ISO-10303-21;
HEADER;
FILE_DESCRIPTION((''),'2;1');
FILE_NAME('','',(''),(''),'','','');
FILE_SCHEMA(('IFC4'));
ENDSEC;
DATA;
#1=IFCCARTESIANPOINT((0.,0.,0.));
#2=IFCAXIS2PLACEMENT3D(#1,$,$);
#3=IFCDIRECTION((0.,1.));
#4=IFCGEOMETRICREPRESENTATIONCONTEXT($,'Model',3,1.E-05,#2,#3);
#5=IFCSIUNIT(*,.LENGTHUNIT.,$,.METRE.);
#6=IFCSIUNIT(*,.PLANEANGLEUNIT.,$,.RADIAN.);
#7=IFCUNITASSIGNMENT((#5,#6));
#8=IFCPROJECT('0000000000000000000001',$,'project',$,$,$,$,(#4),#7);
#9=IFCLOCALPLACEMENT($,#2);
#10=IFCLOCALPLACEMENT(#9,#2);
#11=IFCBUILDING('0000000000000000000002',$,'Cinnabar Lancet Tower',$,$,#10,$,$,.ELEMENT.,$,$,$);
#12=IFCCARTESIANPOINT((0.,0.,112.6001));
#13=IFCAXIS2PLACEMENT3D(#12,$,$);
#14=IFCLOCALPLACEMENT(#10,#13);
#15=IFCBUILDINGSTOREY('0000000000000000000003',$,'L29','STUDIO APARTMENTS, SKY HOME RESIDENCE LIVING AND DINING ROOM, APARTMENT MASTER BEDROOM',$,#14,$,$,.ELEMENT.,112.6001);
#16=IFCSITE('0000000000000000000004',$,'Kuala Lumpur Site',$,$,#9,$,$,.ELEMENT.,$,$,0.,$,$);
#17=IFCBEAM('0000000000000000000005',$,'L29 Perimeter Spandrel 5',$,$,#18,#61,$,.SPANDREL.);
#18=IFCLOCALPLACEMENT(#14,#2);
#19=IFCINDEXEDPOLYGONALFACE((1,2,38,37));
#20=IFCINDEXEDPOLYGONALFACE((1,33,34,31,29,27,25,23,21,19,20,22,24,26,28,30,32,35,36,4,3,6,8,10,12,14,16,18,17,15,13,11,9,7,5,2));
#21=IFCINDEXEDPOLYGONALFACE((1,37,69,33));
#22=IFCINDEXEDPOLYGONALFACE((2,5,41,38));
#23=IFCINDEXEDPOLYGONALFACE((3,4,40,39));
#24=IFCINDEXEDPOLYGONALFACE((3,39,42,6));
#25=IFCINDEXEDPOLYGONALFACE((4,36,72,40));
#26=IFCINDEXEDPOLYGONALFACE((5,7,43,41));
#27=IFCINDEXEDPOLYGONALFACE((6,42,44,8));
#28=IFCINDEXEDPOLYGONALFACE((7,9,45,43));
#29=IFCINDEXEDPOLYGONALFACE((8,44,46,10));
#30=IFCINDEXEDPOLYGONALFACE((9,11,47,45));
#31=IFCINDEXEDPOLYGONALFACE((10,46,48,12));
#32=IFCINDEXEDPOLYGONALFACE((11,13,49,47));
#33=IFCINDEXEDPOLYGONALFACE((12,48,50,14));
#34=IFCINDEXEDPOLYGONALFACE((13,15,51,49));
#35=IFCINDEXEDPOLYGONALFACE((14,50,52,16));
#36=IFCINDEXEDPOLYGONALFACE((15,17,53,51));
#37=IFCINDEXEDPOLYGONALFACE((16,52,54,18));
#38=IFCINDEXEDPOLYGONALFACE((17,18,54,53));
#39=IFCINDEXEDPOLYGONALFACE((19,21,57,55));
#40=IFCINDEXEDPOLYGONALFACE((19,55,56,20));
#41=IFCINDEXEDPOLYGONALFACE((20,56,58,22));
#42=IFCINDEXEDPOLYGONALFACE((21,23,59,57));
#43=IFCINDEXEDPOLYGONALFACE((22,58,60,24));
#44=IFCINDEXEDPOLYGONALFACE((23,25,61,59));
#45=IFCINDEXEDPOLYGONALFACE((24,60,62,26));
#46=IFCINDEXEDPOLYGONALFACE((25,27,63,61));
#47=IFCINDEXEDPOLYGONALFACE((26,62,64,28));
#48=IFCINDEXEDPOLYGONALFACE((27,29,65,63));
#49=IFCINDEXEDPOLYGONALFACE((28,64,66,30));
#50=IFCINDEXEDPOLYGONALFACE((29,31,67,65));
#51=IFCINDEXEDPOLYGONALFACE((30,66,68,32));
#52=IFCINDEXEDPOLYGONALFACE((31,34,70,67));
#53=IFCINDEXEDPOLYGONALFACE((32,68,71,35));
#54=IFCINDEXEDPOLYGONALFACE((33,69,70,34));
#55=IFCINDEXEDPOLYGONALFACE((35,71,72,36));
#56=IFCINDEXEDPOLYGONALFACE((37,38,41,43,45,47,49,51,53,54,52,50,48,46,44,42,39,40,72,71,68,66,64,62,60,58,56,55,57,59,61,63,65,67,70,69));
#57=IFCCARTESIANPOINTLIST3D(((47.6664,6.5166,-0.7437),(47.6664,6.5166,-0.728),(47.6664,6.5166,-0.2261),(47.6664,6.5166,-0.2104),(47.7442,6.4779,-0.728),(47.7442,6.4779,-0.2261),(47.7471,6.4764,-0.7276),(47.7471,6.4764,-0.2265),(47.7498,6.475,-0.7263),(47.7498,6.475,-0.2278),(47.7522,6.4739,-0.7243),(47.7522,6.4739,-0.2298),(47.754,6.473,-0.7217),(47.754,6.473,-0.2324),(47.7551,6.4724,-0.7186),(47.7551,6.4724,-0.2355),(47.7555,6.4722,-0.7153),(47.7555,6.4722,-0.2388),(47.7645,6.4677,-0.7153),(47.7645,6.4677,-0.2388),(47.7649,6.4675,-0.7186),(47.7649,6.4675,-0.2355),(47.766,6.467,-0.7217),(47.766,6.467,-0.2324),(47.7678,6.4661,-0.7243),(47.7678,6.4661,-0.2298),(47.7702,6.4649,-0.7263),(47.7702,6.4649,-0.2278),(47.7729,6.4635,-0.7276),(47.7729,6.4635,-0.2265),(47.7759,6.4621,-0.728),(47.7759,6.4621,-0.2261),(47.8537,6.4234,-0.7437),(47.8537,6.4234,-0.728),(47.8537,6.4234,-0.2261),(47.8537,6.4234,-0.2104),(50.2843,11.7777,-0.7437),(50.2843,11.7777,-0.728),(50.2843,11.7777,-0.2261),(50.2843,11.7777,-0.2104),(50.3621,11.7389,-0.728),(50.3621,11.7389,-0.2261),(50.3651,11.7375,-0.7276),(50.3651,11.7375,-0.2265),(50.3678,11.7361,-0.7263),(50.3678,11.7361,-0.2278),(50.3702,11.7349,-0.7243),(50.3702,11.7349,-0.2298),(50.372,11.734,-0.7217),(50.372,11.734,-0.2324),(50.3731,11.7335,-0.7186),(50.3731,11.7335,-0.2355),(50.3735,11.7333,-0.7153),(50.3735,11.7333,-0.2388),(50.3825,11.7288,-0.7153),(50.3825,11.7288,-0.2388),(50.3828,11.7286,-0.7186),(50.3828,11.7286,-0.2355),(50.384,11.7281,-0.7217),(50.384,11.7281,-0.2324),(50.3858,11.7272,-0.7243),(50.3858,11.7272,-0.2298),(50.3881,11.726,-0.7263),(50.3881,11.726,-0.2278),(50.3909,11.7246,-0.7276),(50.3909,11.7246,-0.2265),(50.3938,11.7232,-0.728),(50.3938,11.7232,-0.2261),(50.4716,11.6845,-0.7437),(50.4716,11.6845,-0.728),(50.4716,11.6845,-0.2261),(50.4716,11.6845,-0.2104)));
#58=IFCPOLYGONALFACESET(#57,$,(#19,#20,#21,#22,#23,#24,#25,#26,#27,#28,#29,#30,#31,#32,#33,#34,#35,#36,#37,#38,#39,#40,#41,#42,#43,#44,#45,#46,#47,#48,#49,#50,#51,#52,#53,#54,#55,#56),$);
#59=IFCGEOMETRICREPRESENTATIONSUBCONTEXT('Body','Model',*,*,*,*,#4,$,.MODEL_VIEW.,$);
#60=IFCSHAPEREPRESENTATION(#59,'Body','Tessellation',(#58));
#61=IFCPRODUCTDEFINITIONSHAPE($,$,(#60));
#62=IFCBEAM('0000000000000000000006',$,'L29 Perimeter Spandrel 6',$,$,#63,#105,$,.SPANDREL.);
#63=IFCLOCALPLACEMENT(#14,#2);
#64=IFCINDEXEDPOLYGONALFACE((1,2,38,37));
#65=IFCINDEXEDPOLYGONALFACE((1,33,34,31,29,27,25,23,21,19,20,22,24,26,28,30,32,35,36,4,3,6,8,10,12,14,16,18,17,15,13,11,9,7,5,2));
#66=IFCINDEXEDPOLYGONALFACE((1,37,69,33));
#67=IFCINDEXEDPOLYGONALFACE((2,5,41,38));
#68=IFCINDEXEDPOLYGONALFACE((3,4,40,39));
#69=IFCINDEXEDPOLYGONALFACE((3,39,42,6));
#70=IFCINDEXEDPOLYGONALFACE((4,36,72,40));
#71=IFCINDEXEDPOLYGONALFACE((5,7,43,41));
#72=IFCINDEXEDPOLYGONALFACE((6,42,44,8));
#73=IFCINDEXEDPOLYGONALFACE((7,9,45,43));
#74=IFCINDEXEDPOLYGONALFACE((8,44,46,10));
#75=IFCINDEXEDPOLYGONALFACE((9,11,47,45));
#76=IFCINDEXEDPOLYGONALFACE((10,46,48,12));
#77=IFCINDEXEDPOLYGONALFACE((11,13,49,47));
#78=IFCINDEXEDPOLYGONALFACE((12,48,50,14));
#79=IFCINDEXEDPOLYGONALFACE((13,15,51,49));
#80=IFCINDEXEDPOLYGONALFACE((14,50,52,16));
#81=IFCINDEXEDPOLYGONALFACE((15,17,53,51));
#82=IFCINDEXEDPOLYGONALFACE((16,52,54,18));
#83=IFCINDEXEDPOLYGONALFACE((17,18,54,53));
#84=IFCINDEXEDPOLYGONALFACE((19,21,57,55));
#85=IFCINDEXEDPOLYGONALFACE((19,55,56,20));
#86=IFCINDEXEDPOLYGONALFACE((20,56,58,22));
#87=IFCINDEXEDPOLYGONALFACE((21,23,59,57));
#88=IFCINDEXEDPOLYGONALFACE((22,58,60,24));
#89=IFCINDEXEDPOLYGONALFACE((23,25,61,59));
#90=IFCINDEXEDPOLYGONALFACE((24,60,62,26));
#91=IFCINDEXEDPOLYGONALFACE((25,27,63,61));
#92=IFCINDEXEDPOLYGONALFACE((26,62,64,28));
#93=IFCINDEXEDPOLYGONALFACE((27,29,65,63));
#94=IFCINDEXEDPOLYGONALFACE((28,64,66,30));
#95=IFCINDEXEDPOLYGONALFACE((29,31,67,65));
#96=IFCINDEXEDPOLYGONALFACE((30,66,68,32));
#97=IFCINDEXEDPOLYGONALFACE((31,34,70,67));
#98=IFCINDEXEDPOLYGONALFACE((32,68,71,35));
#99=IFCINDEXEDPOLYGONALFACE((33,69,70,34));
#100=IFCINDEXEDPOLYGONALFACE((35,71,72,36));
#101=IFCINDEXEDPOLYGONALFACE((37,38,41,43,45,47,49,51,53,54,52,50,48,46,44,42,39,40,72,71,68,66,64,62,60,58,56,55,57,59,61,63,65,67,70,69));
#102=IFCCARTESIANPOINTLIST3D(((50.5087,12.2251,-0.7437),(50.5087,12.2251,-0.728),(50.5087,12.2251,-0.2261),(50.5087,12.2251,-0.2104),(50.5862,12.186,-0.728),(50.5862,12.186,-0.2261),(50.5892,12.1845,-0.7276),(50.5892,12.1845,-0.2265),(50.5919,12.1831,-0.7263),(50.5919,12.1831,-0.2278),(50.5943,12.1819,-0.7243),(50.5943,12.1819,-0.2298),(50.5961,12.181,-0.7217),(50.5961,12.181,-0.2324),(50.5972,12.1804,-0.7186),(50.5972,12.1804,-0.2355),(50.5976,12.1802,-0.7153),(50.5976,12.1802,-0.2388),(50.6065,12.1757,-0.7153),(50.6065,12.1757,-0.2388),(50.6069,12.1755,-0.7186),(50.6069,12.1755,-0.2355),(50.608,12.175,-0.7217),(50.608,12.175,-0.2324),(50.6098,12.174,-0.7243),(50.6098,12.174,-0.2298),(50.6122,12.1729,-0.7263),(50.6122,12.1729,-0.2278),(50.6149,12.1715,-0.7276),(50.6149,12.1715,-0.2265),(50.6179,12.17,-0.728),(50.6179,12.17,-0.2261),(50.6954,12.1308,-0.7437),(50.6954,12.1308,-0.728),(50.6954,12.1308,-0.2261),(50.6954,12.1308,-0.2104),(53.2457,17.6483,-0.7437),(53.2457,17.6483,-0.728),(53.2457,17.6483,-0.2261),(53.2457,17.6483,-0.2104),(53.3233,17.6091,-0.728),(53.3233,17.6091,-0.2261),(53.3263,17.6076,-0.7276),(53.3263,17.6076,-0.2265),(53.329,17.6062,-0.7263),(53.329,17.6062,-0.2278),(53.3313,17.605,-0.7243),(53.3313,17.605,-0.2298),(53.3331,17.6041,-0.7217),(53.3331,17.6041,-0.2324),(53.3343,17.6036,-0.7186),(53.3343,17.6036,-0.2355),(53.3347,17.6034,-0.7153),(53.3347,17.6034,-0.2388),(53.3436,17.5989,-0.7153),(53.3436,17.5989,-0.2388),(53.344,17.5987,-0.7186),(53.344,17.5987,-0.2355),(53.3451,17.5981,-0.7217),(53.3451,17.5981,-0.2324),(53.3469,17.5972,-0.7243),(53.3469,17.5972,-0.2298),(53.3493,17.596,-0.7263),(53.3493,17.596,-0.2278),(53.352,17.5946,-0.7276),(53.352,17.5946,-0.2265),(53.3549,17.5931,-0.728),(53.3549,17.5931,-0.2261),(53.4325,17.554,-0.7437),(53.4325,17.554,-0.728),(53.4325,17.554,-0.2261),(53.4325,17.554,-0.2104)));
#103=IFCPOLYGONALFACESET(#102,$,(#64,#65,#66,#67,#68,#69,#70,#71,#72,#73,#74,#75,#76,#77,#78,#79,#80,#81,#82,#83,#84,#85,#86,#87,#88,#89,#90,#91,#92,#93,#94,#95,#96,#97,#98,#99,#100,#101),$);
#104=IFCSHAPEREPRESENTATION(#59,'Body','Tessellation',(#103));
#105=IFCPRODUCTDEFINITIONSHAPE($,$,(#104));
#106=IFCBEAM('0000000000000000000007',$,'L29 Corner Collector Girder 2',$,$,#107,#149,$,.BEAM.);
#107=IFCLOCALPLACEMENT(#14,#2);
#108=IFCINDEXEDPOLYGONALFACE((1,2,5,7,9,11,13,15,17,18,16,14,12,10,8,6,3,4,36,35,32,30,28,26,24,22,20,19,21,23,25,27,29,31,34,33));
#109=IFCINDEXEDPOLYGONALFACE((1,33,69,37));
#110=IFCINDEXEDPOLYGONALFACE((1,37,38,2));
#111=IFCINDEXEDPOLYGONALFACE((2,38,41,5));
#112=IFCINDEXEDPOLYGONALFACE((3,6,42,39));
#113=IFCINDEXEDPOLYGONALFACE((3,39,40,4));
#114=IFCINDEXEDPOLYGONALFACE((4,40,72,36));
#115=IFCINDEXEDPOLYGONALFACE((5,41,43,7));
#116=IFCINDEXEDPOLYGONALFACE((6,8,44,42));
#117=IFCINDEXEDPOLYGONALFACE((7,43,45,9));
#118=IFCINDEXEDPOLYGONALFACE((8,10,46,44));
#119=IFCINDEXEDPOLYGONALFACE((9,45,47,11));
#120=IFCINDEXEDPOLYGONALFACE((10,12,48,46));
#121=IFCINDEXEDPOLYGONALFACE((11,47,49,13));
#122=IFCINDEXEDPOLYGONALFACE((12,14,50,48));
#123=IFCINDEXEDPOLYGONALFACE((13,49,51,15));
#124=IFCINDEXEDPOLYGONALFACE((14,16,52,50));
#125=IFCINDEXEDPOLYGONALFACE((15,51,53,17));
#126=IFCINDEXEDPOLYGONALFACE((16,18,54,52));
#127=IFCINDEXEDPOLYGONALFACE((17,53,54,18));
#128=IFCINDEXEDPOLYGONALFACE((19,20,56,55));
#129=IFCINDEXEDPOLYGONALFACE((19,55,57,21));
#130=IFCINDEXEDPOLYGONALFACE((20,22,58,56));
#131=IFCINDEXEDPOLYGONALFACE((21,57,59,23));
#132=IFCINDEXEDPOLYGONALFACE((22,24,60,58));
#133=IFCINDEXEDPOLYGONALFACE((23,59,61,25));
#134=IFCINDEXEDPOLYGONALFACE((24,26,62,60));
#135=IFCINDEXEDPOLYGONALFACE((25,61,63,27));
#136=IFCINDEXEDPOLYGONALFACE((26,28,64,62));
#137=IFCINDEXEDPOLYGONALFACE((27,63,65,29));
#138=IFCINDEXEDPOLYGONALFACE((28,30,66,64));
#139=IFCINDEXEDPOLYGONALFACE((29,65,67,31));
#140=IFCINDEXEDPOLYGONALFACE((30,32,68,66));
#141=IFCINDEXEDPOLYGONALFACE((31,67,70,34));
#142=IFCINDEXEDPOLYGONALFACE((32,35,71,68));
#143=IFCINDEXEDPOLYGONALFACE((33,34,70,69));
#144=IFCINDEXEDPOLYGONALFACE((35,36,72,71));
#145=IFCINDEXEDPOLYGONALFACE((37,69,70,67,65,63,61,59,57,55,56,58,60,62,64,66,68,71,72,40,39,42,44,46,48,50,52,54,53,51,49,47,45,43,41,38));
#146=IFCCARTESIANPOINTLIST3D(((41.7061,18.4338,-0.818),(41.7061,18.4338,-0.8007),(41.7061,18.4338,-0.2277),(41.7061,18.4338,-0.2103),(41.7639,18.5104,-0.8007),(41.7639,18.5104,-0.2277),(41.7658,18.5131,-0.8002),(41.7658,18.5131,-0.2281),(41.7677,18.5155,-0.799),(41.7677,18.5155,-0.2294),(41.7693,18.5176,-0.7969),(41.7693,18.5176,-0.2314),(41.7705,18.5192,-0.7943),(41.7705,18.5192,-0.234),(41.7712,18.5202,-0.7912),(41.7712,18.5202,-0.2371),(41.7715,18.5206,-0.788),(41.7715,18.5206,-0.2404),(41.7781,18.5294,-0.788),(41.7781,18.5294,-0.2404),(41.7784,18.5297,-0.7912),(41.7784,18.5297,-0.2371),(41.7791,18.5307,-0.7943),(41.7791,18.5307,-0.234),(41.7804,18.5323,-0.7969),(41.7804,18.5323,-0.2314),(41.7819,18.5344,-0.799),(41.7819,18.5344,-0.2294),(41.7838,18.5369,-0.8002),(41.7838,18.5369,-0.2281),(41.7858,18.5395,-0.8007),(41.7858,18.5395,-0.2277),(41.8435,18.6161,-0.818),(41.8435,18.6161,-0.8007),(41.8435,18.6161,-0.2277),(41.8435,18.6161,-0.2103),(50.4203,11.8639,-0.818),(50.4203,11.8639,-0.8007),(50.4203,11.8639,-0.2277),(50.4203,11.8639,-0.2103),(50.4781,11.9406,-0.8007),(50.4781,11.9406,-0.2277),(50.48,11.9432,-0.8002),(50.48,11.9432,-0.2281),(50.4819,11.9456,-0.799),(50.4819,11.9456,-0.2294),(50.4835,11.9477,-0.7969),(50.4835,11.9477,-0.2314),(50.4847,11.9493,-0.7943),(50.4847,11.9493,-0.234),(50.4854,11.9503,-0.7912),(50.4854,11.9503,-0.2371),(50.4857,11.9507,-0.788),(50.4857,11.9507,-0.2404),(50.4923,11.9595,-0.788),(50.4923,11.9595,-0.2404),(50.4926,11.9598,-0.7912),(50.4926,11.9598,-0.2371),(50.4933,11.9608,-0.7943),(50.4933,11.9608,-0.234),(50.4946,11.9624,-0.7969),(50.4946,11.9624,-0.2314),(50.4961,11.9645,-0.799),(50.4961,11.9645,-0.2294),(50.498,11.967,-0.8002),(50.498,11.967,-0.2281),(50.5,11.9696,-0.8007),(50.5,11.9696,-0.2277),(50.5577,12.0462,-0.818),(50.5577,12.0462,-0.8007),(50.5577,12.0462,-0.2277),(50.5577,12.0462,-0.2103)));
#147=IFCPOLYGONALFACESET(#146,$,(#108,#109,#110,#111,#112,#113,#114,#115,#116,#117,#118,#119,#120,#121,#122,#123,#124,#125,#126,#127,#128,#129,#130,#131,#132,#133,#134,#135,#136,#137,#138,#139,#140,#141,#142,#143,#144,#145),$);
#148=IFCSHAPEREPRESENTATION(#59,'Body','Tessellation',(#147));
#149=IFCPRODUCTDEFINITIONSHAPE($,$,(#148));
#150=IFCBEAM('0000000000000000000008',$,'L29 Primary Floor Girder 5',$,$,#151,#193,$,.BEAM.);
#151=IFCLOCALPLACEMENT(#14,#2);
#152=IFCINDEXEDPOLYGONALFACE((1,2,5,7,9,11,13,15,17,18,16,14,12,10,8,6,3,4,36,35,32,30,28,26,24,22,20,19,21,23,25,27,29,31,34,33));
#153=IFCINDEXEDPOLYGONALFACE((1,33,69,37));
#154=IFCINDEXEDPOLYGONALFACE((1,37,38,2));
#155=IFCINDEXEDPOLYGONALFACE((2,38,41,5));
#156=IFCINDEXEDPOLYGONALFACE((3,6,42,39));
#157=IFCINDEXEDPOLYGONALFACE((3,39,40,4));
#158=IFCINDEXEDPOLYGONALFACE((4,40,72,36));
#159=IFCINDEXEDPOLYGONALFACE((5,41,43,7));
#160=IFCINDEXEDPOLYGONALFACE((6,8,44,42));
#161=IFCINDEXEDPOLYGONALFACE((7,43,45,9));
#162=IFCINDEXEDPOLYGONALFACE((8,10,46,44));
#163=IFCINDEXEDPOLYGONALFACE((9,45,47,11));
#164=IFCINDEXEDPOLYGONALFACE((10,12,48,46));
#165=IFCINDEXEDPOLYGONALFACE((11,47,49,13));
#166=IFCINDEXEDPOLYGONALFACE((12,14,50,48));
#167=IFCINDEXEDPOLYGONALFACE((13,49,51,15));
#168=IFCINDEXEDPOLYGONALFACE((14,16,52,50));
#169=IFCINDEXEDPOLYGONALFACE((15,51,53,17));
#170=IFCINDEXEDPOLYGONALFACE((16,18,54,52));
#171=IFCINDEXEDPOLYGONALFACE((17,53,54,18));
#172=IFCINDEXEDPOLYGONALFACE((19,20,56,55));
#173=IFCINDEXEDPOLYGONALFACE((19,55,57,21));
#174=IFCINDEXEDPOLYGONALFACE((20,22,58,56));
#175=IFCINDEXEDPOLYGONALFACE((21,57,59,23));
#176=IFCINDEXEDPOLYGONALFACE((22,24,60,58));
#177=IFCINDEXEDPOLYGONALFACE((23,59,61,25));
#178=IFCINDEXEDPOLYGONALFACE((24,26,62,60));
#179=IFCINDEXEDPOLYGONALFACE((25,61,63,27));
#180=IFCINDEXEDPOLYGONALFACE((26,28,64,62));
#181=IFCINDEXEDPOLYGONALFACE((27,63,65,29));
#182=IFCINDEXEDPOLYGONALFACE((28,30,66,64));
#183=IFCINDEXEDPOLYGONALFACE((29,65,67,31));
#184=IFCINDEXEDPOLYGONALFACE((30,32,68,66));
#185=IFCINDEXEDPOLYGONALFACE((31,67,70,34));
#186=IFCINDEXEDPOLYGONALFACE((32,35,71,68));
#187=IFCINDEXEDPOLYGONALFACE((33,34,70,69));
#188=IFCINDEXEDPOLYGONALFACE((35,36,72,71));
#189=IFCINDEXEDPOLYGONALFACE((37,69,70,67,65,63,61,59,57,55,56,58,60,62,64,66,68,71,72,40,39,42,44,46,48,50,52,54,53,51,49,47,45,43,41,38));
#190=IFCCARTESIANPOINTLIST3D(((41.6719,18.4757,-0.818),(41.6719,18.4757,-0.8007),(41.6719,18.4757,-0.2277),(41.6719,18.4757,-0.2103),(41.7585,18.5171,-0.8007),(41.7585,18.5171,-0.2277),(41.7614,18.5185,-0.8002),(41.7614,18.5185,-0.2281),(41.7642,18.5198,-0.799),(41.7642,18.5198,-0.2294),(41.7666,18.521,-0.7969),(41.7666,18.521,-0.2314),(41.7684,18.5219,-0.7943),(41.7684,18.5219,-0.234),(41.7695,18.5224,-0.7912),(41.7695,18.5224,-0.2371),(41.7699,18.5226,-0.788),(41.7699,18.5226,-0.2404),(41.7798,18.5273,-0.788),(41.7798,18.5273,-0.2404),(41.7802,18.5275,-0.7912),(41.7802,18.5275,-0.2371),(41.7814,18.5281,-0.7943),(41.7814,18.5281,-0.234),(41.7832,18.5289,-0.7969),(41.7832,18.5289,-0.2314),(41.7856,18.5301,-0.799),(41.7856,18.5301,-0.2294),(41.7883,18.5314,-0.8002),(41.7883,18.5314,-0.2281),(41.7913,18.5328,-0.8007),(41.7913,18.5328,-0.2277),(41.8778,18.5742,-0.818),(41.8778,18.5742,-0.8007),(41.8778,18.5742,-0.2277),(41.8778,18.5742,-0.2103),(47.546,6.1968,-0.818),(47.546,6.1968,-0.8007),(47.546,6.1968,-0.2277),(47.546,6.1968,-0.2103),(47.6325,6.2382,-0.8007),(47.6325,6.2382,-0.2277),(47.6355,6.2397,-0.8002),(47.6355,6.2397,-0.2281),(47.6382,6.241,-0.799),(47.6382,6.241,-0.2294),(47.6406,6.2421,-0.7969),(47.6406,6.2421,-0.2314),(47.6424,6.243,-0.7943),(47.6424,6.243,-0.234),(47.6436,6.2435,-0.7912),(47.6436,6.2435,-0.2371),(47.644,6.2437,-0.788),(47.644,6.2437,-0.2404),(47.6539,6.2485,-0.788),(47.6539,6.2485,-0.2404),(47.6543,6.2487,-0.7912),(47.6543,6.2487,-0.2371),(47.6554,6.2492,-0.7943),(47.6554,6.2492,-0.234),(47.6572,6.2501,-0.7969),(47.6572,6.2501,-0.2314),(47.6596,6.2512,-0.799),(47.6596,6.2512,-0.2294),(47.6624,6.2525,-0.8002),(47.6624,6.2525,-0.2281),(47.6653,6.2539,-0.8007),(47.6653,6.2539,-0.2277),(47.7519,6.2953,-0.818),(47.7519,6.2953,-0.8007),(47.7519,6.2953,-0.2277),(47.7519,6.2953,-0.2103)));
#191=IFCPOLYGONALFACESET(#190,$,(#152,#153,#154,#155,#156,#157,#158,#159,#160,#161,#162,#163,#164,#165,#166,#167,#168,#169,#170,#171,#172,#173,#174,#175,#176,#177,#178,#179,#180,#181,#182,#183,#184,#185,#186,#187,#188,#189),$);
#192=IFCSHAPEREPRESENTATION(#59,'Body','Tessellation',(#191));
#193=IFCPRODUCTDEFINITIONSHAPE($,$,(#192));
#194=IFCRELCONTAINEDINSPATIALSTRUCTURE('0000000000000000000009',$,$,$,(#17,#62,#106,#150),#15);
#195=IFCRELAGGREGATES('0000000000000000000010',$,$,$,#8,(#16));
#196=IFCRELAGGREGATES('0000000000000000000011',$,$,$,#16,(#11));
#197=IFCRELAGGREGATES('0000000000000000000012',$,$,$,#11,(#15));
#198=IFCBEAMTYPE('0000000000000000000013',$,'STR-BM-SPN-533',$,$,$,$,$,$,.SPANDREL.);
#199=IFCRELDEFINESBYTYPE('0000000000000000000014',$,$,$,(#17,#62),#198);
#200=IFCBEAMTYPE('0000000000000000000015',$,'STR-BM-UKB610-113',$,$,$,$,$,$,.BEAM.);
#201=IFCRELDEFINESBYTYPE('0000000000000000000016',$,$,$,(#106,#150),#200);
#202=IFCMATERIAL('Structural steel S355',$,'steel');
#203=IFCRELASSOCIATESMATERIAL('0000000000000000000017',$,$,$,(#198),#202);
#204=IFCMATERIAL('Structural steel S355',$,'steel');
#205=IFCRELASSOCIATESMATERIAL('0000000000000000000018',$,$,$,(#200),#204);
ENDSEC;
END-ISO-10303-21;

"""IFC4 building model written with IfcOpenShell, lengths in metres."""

from ifc_helpers import new_model, si_unit, direction, frame, origin, origin_2d, place, context, subcontext, project, spatial, i_section, extrude, material, material_profile, profile_set, type_object, element, save


model = new_model("IFC4")

# Units and contexts
model_context = context("Model", 3, precision=1e-05, world=origin(), true_north=direction((0.0, 1.0)))
body_context = subcontext(model_context, "Body", "Model", "MODEL_VIEW")
ifc_project = project(units=[si_unit("LENGTHUNIT", "METRE"), si_unit("PLANEANGLEUNIT", "RADIAN")], contexts=[model_context])

# Site, building, storey
site_placement = place(None, origin())
site = spatial("IfcSite", under=ifc_project, at=site_placement, Name="Kuala Lumpur Site", CompositionType="ELEMENT", RefElevation=0.0)
building_placement = place(site_placement, origin())
building = spatial("IfcBuilding", under=site, at=building_placement, Name="Cinnabar Lancet Tower", CompositionType="ELEMENT")
storey_placement = place(building_placement, frame((0.0, 0.0, 112.6001)))
storey = spatial("IfcBuildingStorey", under=building, at=storey_placement, Name="L29", Description="STUDIO APARTMENTS, SKY HOME RESIDENCE LIVING AND DINING ROOM, APARTMENT MASTER BEDROOM", CompositionType="ELEMENT", Elevation=112.6001)

# Beams
ifc_material_1 = material(Name="Structural steel S355", Category="steel")
ifc_material_profile_1 = material_profile(ifc_material_1, i_section(OverallWidth=0.2092, OverallDepth=0.5332, WebThickness=0.01, FlangeThickness=0.0156, FilletRadius=0.0127, at=origin_2d()), Name="UKB 533x210x92")
ifc_profile_set_1 = profile_set([ifc_material_profile_1], Name="Structural steel S355")
beam_type_1 = type_object("IfcBeamType", Name="STR-BM-SPN-533", PredefinedType="SPANDREL", material=ifc_profile_set_1)
beam_1_placement = place(storey_placement, frame((47.76, 6.47, -0.4771), z_axis=(0.445501, 0.895281, 0.0), x_axis=(-0.895281, 0.445501, 0.0)))
element("IfcBeam", 1, at=beam_1_placement, inside=storey, type_object=beam_type_1, Name="L29 Perimeter Spandrel 5", PredefinedType="SPANDREL", context=body_context, shape_type="SweptSolid", body=[
    extrude(i_section(OverallWidth=0.2092, OverallDepth=0.5332, WebThickness=0.01, FlangeThickness=0.0156, FilletRadius=0.0127, at=origin_2d()), origin(), (0.0, 0.0, 1.0), 5.8765),
])
beam_2_placement = place(storey_placement, frame((50.6021, 12.178, -0.4771), z_axis=(0.45057, 0.892741, 0.0), x_axis=(-0.892741, 0.45057, 0.0)))
element("IfcBeam", 2, at=beam_2_placement, inside=storey, type_object=beam_type_1, Name="L29 Perimeter Spandrel 6", PredefinedType="SPANDREL", context=body_context, shape_type="SweptSolid", body=[
    extrude(i_section(OverallWidth=0.2092, OverallDepth=0.5332, WebThickness=0.01, FlangeThickness=0.0156, FilletRadius=0.0127, at=origin_2d()), origin(), (0.0, 0.0, 1.0), 6.0747),
])
ifc_material_2 = material(Name="Structural steel S355", Category="steel")
ifc_material_profile_2 = material_profile(ifc_material_2, i_section(OverallWidth=0.2283, OverallDepth=0.6077, WebThickness=0.011, FlangeThickness=0.0173, FilletRadius=0.0127, at=origin_2d()), Name="UKB 610x229x113")
ifc_profile_set_2 = profile_set([ifc_material_profile_2], Name="Structural steel S355")
beam_type_2 = type_object("IfcBeamType", Name="STR-BM-UKB610-113", PredefinedType="BEAM", material=ifc_profile_set_2)
beam_3_placement = place(storey_placement, frame((50.489, 11.9551, -0.5142), z_axis=(-0.798491, 0.602006, 0.0), x_axis=(-0.602006, -0.798491, 0.0)))
element("IfcBeam", 3, at=beam_3_placement, inside=storey, type_object=beam_type_2, Name="L29 Corner Collector Girder 2", PredefinedType="BEAM", context=body_context, shape_type="SweptSolid", body=[
    extrude(i_section(OverallWidth=0.2283, OverallDepth=0.6077, WebThickness=0.011, FlangeThickness=0.0173, FilletRadius=0.0127, at=origin_2d()), origin(), (0.0, 0.0, 1.0), 10.9133),
])
beam_4_placement = place(storey_placement, frame((47.6489, 6.2461, -0.5142), z_axis=(-0.431548, 0.90209, 0.0), x_axis=(-0.90209, -0.431548, 0.0)))
element("IfcBeam", 4, at=beam_4_placement, inside=storey, type_object=beam_type_2, Name="L29 Primary Floor Girder 5", PredefinedType="BEAM", context=body_context, shape_type="SweptSolid", body=[
    extrude(i_section(OverallWidth=0.2283, OverallDepth=0.6077, WebThickness=0.011, FlangeThickness=0.0173, FilletRadius=0.0127, at=origin_2d()), origin(), (0.0, 0.0, 1.0), 13.6116),
])

save(model, "model.ifc")
